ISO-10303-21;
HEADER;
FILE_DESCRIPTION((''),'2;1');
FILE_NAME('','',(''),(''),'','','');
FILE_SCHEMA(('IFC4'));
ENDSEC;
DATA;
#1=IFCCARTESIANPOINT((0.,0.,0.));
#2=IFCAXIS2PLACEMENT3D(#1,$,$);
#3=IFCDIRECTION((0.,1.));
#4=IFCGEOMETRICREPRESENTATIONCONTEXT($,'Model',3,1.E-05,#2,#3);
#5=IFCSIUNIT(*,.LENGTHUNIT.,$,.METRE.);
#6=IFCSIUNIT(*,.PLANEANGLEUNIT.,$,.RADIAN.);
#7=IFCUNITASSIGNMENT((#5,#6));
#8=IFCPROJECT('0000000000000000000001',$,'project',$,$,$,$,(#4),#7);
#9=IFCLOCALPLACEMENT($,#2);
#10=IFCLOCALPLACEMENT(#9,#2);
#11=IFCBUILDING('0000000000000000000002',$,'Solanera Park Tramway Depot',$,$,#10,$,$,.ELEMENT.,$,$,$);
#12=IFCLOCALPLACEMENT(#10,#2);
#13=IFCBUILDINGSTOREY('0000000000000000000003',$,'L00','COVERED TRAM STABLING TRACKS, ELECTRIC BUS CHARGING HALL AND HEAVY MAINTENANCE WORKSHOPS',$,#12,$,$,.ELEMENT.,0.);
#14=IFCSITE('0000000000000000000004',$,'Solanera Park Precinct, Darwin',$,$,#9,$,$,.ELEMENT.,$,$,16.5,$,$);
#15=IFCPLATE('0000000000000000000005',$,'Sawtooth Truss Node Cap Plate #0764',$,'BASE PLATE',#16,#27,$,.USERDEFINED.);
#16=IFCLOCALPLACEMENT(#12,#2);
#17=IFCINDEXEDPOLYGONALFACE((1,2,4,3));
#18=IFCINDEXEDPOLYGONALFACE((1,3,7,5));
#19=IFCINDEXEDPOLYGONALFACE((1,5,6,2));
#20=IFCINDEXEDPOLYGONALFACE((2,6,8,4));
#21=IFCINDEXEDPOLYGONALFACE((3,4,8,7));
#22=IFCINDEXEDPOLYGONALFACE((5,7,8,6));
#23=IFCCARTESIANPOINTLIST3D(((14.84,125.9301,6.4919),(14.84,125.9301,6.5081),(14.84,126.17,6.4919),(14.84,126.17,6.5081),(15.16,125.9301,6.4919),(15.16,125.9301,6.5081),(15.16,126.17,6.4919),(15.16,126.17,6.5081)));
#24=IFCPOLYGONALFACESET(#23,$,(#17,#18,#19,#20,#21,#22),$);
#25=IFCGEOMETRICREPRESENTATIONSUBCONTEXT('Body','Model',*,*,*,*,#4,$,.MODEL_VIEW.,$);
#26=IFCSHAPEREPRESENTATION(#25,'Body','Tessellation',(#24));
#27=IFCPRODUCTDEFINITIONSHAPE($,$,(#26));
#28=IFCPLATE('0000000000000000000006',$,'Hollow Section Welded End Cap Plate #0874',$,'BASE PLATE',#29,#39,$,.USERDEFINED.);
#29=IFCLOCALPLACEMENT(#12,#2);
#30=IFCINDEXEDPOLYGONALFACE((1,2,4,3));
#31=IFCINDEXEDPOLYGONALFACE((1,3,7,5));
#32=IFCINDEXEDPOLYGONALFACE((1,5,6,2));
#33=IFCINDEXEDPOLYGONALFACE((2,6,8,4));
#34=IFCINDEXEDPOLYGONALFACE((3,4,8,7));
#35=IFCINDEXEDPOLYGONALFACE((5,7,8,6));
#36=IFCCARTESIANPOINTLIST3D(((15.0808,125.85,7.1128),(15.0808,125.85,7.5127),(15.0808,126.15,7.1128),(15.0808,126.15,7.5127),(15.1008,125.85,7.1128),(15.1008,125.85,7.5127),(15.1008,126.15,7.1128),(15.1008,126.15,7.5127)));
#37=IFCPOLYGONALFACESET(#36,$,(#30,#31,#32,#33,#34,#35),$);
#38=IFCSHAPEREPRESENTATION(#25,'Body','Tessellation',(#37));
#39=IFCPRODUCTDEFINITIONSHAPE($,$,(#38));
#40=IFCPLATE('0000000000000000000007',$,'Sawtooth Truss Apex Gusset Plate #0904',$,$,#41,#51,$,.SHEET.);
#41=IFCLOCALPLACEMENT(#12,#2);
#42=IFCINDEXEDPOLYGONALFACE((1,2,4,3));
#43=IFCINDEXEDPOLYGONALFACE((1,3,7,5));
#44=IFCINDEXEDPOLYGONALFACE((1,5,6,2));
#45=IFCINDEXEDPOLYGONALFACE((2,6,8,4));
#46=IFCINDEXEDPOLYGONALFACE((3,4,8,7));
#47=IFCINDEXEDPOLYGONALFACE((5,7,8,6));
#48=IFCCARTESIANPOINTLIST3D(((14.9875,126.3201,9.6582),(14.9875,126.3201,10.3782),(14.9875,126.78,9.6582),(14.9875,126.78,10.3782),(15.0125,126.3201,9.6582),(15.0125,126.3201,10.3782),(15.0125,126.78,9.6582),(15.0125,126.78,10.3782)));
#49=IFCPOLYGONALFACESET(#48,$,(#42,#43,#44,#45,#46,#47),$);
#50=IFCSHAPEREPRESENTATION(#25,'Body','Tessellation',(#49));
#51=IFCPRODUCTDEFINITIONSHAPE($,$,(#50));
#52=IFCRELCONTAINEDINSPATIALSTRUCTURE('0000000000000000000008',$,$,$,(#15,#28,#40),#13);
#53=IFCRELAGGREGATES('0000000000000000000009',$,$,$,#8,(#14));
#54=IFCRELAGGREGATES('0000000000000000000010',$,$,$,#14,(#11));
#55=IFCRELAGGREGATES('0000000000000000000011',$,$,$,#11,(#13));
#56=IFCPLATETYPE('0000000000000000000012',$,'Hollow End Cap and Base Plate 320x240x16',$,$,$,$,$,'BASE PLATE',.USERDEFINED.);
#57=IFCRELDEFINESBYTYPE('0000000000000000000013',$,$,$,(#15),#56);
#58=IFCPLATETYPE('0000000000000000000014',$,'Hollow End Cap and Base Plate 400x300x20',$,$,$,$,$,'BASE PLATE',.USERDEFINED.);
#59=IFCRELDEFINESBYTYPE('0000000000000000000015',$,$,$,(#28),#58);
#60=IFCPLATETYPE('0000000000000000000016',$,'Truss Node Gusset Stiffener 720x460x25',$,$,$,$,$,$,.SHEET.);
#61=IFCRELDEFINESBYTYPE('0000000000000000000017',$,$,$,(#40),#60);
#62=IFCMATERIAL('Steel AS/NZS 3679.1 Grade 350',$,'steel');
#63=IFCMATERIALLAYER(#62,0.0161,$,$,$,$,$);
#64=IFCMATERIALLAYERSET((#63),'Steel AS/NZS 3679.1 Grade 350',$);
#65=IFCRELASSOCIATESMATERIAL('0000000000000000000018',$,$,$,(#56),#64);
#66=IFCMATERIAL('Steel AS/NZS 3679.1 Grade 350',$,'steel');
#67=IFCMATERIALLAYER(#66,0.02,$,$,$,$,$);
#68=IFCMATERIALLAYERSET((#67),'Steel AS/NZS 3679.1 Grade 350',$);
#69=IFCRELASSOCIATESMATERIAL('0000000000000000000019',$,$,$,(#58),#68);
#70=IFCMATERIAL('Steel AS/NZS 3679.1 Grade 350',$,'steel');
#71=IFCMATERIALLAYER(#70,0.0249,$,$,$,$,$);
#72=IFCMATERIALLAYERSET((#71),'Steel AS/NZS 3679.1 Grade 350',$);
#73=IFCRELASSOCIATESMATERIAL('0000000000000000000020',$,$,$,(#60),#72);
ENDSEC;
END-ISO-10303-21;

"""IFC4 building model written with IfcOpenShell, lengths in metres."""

from ifc_helpers import new_model, si_unit, direction, frame, origin, origin_2d, place, context, subcontext, project, spatial, rectangle, extrude, material, layer, layer_set, type_object, element, save


model = new_model("IFC4")

# Units and contexts
model_context = context("Model", 3, precision=1e-05, world=origin(), true_north=direction((0.0, 1.0)))
body_context = subcontext(model_context, "Body", "Model", "MODEL_VIEW")
ifc_project = project(units=[si_unit("LENGTHUNIT", "METRE"), si_unit("PLANEANGLEUNIT", "RADIAN")], contexts=[model_context])

# Site, building, storey
site_placement = place(None, origin())
site = spatial("IfcSite", under=ifc_project, at=site_placement, Name="Solanera Park Precinct, Darwin", CompositionType="ELEMENT", RefElevation=16.5)
building_placement = place(site_placement, origin())
building = spatial("IfcBuilding", under=site, at=building_placement, Name="Solanera Park Tramway Depot", CompositionType="ELEMENT")
storey_placement = place(building_placement, origin())
storey = spatial("IfcBuildingStorey", under=building, at=storey_placement, Name="L00", Description="COVERED TRAM STABLING TRACKS, ELECTRIC BUS CHARGING HALL AND HEAVY MAINTENANCE WORKSHOPS", CompositionType="ELEMENT", Elevation=0.0)

# Plates
ifc_material_1 = material(Name="Steel AS/NZS 3679.1 Grade 350", Category="steel")
ifc_layer_1 = layer(ifc_material_1, 0.0161)
ifc_layer_set_1 = layer_set([ifc_layer_1], Name="Steel AS/NZS 3679.1 Grade 350")
plate_type_1 = type_object("IfcPlateType", Name="Hollow End Cap and Base Plate 320x240x16", ElementType="BASE PLATE", PredefinedType="USERDEFINED", material=ifc_layer_set_1)
plate_1_placement = place(storey_placement, frame((15.0, 126.05, 6.4919), z_axis=(0.0, 0.0, 1.0), x_axis=(1.0, 0.0, 0.0)))
element("IfcPlate", 1, at=plate_1_placement, inside=storey, type_object=plate_type_1, Name="Sawtooth Truss Node Cap Plate #0764", ObjectType="BASE PLATE", PredefinedType="USERDEFINED", context=body_context, shape_type="SweptSolid", body=[
    extrude(rectangle(XDim=0.3201, YDim=0.24, at=origin_2d()), origin(), (0.0, 0.0, 1.0), 0.0161),
])
ifc_material_2 = material(Name="Steel AS/NZS 3679.1 Grade 350", Category="steel")
ifc_layer_2 = layer(ifc_material_2, 0.02)
ifc_layer_set_2 = layer_set([ifc_layer_2], Name="Steel AS/NZS 3679.1 Grade 350")
plate_type_2 = type_object("IfcPlateType", Name="Hollow End Cap and Base Plate 400x300x20", ElementType="BASE PLATE", PredefinedType="USERDEFINED", material=ifc_layer_set_2)
plate_2_placement = place(storey_placement, frame((15.0908, 126.0, 7.1128), z_axis=(0.0, 0.0, 1.0), x_axis=(1.0, 0.0, 0.0)))
element("IfcPlate", 2, at=plate_2_placement, inside=storey, type_object=plate_type_2, Name="Hollow Section Welded End Cap Plate #0874", ObjectType="BASE PLATE", PredefinedType="USERDEFINED", context=body_context, shape_type="SweptSolid", body=[
    extrude(rectangle(XDim=0.02, YDim=0.3, at=origin_2d()), origin(), (0.0, 0.0, 1.0), 0.3999),
])
ifc_material_3 = material(Name="Steel AS/NZS 3679.1 Grade 350", Category="steel")
ifc_layer_3 = layer(ifc_material_3, 0.0249)
ifc_layer_set_3 = layer_set([ifc_layer_3], Name="Steel AS/NZS 3679.1 Grade 350")
plate_type_3 = type_object("IfcPlateType", Name="Truss Node Gusset Stiffener 720x460x25", PredefinedType="SHEET", material=ifc_layer_set_3)
plate_3_placement = place(storey_placement, frame((15.0, 126.55, 9.6582), z_axis=(0.0, 0.0, 1.0), x_axis=(1.0, 0.0, 0.0)))
element("IfcPlate", 3, at=plate_3_placement, inside=storey, type_object=plate_type_3, Name="Sawtooth Truss Apex Gusset Plate #0904", PredefinedType="SHEET", context=body_context, shape_type="SweptSolid", body=[
    extrude(rectangle(XDim=0.0249, YDim=0.46, at=origin_2d()), origin(), (0.0, 0.0, 1.0), 0.72),
])

save(model, "model.ifc")
